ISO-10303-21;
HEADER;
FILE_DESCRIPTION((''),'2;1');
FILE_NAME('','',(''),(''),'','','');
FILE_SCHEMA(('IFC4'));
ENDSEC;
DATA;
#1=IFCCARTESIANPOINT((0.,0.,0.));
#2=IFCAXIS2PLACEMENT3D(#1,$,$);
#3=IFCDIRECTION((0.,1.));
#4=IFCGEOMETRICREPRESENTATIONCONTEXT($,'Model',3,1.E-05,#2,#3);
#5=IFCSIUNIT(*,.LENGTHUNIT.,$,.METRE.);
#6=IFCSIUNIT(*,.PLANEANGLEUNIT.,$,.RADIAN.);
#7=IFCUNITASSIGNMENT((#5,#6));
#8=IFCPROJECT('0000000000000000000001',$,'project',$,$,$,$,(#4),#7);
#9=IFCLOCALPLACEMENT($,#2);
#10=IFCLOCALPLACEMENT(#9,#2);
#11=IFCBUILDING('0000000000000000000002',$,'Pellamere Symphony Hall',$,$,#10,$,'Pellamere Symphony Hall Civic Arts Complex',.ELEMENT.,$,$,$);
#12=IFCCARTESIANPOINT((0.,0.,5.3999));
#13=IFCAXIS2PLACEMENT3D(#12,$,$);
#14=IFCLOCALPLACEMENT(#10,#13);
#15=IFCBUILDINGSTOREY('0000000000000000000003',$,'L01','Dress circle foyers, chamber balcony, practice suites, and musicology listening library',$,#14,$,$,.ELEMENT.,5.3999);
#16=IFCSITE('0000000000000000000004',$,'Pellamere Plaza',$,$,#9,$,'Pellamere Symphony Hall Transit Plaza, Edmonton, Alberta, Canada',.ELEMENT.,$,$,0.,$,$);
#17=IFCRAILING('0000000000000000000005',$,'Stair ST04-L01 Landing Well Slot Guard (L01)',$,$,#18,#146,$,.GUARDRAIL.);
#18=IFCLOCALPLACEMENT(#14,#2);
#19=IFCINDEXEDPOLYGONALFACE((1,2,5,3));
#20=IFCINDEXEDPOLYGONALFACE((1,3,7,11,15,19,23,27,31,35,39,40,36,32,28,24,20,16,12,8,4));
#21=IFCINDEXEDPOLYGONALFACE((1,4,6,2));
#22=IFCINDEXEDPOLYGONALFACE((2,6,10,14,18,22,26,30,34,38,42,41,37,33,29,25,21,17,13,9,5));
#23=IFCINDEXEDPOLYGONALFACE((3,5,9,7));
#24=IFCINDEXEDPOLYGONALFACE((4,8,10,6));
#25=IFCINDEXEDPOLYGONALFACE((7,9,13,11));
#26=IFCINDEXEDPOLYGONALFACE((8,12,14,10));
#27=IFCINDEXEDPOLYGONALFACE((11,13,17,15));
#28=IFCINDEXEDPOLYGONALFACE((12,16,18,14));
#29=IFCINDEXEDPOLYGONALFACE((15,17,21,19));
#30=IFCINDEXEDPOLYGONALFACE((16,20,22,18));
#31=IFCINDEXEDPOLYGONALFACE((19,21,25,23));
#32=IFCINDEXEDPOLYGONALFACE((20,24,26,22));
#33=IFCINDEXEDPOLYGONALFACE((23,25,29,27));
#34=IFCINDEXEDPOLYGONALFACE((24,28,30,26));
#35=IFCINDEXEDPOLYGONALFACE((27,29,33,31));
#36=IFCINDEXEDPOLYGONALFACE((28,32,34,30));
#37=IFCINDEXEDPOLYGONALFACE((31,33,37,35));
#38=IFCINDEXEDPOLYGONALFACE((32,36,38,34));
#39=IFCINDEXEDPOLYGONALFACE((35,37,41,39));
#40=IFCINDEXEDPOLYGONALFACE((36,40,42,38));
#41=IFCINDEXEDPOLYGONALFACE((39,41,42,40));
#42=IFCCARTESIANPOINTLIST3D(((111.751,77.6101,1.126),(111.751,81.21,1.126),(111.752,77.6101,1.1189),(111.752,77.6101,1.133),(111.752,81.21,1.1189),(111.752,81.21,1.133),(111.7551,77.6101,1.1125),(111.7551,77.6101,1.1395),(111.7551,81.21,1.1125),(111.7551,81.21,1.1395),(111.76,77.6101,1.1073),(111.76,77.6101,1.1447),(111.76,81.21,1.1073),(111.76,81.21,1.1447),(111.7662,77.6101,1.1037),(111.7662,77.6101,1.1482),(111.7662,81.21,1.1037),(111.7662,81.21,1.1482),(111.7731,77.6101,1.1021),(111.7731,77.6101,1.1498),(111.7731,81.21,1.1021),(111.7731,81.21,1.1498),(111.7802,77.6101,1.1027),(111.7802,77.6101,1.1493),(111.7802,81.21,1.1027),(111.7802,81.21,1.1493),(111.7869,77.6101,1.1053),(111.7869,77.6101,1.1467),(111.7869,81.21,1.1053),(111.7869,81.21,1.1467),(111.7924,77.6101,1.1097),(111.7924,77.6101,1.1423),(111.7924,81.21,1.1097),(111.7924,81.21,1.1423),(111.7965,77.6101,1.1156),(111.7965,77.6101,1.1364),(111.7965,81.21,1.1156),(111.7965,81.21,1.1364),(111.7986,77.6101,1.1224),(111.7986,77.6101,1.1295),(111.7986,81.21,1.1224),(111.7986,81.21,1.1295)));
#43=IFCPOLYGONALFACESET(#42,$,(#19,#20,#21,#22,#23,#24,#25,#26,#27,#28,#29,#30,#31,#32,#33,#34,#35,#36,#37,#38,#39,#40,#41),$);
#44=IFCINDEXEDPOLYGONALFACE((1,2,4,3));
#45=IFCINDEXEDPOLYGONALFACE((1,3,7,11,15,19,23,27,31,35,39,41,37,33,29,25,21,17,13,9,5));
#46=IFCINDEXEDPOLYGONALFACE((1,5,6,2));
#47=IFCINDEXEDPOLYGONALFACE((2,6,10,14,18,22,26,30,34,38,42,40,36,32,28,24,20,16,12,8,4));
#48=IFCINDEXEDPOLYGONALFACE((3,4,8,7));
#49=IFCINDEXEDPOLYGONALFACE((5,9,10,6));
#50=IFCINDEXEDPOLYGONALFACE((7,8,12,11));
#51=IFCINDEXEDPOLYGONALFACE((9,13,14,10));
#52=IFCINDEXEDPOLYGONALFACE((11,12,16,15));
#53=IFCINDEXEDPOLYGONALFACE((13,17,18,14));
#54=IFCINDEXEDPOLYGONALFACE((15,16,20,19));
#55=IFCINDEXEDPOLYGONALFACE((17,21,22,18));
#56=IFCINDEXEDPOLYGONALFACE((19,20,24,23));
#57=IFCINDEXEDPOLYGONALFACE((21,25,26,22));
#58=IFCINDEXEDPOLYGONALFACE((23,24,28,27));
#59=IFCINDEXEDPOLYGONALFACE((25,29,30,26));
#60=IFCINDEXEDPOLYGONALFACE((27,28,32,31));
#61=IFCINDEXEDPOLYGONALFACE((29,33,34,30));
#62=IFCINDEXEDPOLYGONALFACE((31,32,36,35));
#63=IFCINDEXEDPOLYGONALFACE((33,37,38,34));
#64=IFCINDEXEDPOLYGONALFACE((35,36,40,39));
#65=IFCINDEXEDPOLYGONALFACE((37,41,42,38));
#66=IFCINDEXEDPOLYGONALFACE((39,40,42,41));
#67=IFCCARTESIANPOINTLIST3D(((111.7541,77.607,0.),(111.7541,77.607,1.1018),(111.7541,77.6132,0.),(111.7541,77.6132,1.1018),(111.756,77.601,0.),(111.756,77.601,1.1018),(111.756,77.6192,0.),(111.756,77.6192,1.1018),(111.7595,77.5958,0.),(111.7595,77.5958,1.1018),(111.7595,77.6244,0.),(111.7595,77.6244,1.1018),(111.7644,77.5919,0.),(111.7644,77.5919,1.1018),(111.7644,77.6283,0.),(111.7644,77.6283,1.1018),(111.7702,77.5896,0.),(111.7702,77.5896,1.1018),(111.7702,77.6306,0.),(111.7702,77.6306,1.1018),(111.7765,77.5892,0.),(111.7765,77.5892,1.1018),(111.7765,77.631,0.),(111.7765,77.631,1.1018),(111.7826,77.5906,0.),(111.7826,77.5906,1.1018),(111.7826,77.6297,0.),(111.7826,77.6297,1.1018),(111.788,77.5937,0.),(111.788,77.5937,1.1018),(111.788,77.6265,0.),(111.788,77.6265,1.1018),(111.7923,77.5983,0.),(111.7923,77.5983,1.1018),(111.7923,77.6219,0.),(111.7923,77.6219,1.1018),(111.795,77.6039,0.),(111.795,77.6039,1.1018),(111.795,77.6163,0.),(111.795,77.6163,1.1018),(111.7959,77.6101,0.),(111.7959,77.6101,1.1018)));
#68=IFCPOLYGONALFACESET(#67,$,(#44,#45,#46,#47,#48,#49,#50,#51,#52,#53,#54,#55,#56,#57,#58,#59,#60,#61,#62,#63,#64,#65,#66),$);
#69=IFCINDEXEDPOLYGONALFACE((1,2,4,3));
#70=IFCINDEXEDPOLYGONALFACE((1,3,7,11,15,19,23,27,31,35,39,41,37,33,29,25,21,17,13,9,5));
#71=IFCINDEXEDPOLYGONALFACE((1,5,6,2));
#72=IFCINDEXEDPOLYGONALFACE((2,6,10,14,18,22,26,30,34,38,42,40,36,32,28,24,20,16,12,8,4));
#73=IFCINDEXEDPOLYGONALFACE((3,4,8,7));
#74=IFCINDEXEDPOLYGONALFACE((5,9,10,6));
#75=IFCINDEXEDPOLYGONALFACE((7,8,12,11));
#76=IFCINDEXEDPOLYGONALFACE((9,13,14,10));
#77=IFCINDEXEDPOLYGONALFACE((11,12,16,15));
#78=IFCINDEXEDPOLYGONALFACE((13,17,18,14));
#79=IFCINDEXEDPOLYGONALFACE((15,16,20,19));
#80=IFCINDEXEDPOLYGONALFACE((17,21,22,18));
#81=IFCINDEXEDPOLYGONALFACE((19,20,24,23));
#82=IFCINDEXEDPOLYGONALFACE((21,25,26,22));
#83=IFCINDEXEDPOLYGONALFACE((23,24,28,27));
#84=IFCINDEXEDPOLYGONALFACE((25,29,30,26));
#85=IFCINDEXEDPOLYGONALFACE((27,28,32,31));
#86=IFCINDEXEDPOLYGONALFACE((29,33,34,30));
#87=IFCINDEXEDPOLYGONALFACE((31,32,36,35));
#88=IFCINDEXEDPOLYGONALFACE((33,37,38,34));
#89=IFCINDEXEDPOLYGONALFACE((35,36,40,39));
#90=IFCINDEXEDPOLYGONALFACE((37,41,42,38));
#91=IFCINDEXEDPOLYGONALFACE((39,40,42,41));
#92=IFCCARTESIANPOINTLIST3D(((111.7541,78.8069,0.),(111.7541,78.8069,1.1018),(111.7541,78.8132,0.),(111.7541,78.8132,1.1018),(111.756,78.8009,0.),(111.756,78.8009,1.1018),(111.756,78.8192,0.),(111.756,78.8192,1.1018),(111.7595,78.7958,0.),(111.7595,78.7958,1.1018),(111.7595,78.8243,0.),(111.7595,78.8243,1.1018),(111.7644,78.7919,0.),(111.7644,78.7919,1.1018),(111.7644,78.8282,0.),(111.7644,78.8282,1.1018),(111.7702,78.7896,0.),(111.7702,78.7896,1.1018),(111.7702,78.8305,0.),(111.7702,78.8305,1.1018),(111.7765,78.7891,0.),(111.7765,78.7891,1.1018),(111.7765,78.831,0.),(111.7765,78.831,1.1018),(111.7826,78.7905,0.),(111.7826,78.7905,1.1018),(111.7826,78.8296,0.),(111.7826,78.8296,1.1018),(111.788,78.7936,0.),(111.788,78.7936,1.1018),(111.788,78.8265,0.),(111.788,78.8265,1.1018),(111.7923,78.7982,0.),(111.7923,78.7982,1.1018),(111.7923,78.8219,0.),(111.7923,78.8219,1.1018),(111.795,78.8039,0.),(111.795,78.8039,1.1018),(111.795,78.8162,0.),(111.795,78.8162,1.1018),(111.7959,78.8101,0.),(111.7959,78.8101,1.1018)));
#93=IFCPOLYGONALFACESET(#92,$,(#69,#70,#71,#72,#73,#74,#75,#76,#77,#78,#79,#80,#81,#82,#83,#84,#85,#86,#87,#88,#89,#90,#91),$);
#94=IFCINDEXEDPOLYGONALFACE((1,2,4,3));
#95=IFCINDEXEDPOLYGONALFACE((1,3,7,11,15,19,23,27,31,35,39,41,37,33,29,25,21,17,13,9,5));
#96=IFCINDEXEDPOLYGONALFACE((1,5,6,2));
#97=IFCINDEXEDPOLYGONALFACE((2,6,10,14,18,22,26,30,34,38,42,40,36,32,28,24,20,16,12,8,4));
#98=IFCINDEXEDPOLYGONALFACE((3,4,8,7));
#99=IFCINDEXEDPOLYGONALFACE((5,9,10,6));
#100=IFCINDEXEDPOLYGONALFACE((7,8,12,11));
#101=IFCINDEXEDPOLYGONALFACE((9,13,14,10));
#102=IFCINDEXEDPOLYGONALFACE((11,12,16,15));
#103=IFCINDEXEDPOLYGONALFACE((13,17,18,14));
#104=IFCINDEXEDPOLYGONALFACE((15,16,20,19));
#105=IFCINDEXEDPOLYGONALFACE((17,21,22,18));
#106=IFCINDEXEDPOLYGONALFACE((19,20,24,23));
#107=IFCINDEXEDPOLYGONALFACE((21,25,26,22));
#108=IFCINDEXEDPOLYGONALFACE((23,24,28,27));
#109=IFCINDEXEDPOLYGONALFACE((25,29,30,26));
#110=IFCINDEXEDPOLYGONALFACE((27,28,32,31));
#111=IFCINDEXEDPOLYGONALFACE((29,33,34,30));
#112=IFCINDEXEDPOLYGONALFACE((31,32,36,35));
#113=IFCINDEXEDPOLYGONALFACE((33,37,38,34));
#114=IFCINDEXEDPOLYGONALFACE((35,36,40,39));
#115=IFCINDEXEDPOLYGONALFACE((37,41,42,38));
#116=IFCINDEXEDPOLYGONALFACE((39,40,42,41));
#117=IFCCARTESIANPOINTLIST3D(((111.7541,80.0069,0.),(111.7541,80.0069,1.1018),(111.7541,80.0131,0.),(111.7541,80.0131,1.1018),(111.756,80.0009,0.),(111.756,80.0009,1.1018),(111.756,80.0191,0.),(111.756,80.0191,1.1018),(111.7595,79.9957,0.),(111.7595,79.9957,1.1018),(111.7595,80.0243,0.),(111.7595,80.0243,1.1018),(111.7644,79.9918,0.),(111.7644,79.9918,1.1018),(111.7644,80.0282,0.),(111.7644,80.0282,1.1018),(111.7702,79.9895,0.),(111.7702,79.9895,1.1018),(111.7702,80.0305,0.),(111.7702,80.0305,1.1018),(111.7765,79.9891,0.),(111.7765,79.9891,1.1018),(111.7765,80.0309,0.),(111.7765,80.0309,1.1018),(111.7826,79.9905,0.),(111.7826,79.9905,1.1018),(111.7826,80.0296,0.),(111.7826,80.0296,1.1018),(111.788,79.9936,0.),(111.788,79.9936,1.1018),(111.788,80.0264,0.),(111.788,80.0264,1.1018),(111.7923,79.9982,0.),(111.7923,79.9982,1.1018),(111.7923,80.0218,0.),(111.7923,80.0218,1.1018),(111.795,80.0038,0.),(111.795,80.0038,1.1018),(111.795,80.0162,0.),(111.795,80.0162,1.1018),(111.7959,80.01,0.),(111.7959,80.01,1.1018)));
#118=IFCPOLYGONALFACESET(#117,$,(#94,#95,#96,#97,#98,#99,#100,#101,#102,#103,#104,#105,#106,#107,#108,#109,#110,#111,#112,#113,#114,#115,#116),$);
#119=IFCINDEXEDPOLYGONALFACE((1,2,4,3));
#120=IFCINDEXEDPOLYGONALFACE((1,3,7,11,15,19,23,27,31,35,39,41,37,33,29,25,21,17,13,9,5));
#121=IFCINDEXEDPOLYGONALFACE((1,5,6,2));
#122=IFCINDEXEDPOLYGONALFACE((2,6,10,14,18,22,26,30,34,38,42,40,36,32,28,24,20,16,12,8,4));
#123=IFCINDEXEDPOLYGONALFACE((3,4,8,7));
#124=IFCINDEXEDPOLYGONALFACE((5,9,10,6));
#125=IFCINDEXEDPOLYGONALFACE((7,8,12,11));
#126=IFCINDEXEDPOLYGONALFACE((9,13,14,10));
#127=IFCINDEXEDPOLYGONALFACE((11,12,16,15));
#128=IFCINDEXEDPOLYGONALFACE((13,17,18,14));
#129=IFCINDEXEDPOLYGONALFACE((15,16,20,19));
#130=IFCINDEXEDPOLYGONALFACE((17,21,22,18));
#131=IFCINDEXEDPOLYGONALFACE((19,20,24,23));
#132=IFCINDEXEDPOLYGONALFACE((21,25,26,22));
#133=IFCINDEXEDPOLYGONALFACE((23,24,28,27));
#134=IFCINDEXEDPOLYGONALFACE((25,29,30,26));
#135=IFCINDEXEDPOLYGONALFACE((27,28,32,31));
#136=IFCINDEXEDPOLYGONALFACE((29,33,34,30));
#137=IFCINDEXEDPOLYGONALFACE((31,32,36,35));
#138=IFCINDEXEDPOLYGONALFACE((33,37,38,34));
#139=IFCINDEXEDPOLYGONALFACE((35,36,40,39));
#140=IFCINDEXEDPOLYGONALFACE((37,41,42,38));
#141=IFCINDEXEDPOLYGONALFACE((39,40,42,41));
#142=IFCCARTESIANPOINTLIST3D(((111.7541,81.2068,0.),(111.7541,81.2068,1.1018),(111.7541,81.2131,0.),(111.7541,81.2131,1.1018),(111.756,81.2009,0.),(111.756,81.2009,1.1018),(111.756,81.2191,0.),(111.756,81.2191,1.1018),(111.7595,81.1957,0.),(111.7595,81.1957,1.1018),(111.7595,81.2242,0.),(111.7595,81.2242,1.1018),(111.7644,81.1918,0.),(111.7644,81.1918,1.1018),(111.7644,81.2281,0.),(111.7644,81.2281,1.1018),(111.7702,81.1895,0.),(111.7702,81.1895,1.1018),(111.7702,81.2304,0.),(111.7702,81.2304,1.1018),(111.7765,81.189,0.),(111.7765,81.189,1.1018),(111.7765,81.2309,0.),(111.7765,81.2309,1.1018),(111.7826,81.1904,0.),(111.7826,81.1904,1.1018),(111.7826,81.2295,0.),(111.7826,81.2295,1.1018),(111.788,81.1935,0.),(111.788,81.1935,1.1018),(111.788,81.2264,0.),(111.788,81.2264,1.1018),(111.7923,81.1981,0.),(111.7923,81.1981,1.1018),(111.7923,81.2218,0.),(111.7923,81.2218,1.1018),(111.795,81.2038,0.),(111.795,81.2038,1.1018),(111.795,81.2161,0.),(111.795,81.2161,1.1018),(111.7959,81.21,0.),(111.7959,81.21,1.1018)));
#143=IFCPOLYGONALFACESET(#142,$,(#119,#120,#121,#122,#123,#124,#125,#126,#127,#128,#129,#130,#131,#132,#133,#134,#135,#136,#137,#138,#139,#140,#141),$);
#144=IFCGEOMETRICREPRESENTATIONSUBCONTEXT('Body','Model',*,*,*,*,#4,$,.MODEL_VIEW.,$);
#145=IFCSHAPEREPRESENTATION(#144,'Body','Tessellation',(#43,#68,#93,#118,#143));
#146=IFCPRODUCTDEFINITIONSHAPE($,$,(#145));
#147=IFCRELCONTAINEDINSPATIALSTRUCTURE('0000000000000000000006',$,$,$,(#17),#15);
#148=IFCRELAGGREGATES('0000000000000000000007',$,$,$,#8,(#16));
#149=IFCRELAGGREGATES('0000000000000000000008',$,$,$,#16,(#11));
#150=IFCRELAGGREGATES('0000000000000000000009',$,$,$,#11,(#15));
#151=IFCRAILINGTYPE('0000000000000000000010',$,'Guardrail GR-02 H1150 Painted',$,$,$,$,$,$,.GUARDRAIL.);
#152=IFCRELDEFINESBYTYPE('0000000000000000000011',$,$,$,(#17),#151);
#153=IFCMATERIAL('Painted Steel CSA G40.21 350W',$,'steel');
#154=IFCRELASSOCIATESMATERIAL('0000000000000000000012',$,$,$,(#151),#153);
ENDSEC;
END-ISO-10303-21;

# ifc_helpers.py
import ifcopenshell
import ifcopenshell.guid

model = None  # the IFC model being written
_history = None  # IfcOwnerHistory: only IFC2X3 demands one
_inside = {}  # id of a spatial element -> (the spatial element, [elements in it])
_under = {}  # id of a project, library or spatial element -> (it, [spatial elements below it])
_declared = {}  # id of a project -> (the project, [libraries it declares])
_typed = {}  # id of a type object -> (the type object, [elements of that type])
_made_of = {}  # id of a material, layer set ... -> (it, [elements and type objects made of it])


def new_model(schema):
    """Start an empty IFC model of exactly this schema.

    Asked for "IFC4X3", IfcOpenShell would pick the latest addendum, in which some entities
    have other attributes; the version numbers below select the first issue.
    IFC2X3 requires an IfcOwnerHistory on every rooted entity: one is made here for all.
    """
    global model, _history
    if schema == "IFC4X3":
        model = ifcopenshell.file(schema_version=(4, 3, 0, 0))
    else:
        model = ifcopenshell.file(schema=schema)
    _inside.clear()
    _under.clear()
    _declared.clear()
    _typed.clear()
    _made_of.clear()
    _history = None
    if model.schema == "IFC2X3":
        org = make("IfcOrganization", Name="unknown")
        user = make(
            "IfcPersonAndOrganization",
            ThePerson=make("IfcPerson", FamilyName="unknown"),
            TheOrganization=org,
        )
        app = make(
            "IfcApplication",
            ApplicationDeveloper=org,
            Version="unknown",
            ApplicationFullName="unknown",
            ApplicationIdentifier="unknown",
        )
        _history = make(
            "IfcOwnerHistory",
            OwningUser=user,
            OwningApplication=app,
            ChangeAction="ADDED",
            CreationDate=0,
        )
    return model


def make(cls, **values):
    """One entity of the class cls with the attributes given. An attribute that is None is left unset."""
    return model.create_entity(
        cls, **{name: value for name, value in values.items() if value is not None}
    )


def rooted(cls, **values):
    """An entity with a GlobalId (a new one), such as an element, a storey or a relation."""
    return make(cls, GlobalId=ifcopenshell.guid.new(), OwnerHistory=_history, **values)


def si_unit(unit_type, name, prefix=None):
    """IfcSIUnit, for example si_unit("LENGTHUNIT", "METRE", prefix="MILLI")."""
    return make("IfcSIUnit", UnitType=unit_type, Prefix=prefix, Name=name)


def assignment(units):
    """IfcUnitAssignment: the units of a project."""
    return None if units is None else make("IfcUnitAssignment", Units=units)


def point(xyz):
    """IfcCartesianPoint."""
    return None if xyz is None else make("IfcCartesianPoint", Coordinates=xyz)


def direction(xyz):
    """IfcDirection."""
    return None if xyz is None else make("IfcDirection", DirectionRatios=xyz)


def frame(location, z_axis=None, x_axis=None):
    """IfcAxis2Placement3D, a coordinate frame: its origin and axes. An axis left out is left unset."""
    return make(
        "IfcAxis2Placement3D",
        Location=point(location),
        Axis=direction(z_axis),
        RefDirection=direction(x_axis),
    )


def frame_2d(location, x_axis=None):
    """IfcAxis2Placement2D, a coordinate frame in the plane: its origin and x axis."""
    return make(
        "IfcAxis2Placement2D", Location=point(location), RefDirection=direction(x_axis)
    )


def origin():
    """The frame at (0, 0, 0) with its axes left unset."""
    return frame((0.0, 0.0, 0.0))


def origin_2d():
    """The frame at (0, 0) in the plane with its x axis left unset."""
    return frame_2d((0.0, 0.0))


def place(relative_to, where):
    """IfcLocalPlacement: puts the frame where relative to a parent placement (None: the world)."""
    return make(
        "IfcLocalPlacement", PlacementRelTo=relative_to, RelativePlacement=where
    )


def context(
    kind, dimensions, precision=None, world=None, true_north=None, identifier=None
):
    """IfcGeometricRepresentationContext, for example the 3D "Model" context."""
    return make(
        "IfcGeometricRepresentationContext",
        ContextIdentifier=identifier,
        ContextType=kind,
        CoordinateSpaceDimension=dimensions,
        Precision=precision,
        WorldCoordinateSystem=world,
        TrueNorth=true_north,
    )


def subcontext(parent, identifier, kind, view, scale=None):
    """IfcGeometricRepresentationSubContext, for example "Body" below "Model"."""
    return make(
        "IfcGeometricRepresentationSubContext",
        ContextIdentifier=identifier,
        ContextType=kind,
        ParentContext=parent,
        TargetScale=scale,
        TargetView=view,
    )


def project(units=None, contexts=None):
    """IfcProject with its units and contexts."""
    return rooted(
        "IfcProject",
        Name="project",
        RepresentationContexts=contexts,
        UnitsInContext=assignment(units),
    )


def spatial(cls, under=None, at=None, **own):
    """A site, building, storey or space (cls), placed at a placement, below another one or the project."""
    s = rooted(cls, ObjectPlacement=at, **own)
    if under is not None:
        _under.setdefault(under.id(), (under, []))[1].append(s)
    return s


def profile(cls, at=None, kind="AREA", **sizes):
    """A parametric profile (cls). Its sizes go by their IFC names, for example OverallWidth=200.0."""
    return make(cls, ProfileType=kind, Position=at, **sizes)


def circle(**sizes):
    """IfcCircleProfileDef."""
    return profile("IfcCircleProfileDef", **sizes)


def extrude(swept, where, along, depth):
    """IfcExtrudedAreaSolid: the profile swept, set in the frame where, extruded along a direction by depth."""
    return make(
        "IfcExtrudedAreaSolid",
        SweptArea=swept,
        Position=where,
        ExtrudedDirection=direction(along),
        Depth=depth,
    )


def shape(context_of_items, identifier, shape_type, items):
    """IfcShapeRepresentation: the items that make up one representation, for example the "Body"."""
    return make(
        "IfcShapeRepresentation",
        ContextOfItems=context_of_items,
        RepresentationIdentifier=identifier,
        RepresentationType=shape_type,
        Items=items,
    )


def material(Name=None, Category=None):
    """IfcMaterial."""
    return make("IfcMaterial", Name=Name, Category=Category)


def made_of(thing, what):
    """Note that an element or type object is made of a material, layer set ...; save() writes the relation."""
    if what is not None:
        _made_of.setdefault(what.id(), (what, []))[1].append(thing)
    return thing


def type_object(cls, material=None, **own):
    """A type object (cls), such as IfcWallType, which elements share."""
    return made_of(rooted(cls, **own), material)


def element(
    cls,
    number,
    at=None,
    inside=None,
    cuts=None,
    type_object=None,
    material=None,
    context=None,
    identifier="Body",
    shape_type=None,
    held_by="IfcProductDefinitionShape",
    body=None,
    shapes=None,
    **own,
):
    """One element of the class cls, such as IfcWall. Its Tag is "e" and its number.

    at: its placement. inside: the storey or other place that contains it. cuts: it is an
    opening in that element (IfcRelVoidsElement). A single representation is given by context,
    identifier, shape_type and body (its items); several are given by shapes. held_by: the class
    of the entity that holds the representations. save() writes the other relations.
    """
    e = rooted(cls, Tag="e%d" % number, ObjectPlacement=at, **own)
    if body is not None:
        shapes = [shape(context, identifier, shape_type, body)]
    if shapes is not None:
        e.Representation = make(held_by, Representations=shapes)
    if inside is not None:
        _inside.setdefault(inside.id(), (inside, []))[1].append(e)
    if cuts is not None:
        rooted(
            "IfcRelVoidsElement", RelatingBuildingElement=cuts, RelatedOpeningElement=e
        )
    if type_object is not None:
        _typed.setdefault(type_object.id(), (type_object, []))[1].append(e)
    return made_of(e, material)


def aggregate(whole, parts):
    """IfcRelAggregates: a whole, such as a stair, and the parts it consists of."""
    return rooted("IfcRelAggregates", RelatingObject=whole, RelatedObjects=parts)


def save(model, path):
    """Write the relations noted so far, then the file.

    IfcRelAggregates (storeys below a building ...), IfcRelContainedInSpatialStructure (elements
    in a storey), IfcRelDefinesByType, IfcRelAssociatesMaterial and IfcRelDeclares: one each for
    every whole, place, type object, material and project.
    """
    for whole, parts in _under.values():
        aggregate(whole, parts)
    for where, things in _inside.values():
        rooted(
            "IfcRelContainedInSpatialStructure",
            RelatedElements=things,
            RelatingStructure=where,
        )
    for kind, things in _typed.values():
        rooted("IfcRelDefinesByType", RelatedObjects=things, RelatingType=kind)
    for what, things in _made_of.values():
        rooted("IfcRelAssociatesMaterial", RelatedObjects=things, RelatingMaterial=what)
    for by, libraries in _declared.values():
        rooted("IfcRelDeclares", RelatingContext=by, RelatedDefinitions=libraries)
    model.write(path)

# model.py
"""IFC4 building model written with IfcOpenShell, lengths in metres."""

from ifc_helpers import new_model, si_unit, direction, frame, origin, origin_2d, place, context, subcontext, project, spatial, circle, extrude, material, type_object, element, save


model = new_model("IFC4")

# Units and contexts
model_context = context("Model", 3, precision=1e-05, world=origin(), true_north=direction((0.0, 1.0)))
body_context = subcontext(model_context, "Body", "Model", "MODEL_VIEW")
ifc_project = project(units=[si_unit("LENGTHUNIT", "METRE"), si_unit("PLANEANGLEUNIT", "RADIAN")], contexts=[model_context])

# Site, building, storey
site_placement = place(None, origin())
site = spatial("IfcSite", under=ifc_project, at=site_placement, Name="Pellamere Plaza", LongName="Pellamere Symphony Hall Transit Plaza, Edmonton, Alberta, Canada", CompositionType="ELEMENT", RefElevation=0.0)
building_placement = place(site_placement, origin())
building = spatial("IfcBuilding", under=site, at=building_placement, Name="Pellamere Symphony Hall", LongName="Pellamere Symphony Hall Civic Arts Complex", CompositionType="ELEMENT")
storey_placement = place(building_placement, frame((0.0, 0.0, 5.3999)))
storey = spatial("IfcBuildingStorey", under=building, at=storey_placement, Name="L01", Description="Dress circle foyers, chamber balcony, practice suites, and musicology listening library", CompositionType="ELEMENT", Elevation=5.3999)

# Railing
ifc_material_1 = material(Name="Painted Steel CSA G40.21 350W", Category="steel")
railing_type_1 = type_object("IfcRailingType", Name="Guardrail GR-02 H1150 Painted", PredefinedType="GUARDRAIL", material=ifc_material_1)
railing_1_placement = place(storey_placement, frame((111.7749, 77.6101, 0.0)))
element("IfcRailing", 1, at=railing_1_placement, inside=storey, type_object=railing_type_1, Name="Stair ST04-L01 Landing Well Slot Guard (L01)", PredefinedType="GUARDRAIL", context=body_context, shape_type="SweptSolid", body=[
    extrude(circle(Radius=0.0239, at=origin_2d()), frame((0.0, 0.0, 1.126), z_axis=(0.0, 1.0, 0.0), x_axis=(-1.0, 0.0, 0.0)), (0.0, 0.0, 1.0), 3.5999),
    extrude(circle(Radius=0.021, at=origin_2d()), origin(), (0.0, 0.0, 1.0), 1.1018),
    extrude(circle(Radius=0.021, at=origin_2d()), frame((0.0, 1.2, 0.0)), (0.0, 0.0, 1.0), 1.1018),
    extrude(circle(Radius=0.021, at=origin_2d()), frame((0.0, 2.3999, 0.0)), (0.0, 0.0, 1.0), 1.1018),
    extrude(circle(Radius=0.021, at=origin_2d()), frame((0.0, 3.5999, 0.0)), (0.0, 0.0, 1.0), 1.1018),
])

save(model, "model.ifc")
